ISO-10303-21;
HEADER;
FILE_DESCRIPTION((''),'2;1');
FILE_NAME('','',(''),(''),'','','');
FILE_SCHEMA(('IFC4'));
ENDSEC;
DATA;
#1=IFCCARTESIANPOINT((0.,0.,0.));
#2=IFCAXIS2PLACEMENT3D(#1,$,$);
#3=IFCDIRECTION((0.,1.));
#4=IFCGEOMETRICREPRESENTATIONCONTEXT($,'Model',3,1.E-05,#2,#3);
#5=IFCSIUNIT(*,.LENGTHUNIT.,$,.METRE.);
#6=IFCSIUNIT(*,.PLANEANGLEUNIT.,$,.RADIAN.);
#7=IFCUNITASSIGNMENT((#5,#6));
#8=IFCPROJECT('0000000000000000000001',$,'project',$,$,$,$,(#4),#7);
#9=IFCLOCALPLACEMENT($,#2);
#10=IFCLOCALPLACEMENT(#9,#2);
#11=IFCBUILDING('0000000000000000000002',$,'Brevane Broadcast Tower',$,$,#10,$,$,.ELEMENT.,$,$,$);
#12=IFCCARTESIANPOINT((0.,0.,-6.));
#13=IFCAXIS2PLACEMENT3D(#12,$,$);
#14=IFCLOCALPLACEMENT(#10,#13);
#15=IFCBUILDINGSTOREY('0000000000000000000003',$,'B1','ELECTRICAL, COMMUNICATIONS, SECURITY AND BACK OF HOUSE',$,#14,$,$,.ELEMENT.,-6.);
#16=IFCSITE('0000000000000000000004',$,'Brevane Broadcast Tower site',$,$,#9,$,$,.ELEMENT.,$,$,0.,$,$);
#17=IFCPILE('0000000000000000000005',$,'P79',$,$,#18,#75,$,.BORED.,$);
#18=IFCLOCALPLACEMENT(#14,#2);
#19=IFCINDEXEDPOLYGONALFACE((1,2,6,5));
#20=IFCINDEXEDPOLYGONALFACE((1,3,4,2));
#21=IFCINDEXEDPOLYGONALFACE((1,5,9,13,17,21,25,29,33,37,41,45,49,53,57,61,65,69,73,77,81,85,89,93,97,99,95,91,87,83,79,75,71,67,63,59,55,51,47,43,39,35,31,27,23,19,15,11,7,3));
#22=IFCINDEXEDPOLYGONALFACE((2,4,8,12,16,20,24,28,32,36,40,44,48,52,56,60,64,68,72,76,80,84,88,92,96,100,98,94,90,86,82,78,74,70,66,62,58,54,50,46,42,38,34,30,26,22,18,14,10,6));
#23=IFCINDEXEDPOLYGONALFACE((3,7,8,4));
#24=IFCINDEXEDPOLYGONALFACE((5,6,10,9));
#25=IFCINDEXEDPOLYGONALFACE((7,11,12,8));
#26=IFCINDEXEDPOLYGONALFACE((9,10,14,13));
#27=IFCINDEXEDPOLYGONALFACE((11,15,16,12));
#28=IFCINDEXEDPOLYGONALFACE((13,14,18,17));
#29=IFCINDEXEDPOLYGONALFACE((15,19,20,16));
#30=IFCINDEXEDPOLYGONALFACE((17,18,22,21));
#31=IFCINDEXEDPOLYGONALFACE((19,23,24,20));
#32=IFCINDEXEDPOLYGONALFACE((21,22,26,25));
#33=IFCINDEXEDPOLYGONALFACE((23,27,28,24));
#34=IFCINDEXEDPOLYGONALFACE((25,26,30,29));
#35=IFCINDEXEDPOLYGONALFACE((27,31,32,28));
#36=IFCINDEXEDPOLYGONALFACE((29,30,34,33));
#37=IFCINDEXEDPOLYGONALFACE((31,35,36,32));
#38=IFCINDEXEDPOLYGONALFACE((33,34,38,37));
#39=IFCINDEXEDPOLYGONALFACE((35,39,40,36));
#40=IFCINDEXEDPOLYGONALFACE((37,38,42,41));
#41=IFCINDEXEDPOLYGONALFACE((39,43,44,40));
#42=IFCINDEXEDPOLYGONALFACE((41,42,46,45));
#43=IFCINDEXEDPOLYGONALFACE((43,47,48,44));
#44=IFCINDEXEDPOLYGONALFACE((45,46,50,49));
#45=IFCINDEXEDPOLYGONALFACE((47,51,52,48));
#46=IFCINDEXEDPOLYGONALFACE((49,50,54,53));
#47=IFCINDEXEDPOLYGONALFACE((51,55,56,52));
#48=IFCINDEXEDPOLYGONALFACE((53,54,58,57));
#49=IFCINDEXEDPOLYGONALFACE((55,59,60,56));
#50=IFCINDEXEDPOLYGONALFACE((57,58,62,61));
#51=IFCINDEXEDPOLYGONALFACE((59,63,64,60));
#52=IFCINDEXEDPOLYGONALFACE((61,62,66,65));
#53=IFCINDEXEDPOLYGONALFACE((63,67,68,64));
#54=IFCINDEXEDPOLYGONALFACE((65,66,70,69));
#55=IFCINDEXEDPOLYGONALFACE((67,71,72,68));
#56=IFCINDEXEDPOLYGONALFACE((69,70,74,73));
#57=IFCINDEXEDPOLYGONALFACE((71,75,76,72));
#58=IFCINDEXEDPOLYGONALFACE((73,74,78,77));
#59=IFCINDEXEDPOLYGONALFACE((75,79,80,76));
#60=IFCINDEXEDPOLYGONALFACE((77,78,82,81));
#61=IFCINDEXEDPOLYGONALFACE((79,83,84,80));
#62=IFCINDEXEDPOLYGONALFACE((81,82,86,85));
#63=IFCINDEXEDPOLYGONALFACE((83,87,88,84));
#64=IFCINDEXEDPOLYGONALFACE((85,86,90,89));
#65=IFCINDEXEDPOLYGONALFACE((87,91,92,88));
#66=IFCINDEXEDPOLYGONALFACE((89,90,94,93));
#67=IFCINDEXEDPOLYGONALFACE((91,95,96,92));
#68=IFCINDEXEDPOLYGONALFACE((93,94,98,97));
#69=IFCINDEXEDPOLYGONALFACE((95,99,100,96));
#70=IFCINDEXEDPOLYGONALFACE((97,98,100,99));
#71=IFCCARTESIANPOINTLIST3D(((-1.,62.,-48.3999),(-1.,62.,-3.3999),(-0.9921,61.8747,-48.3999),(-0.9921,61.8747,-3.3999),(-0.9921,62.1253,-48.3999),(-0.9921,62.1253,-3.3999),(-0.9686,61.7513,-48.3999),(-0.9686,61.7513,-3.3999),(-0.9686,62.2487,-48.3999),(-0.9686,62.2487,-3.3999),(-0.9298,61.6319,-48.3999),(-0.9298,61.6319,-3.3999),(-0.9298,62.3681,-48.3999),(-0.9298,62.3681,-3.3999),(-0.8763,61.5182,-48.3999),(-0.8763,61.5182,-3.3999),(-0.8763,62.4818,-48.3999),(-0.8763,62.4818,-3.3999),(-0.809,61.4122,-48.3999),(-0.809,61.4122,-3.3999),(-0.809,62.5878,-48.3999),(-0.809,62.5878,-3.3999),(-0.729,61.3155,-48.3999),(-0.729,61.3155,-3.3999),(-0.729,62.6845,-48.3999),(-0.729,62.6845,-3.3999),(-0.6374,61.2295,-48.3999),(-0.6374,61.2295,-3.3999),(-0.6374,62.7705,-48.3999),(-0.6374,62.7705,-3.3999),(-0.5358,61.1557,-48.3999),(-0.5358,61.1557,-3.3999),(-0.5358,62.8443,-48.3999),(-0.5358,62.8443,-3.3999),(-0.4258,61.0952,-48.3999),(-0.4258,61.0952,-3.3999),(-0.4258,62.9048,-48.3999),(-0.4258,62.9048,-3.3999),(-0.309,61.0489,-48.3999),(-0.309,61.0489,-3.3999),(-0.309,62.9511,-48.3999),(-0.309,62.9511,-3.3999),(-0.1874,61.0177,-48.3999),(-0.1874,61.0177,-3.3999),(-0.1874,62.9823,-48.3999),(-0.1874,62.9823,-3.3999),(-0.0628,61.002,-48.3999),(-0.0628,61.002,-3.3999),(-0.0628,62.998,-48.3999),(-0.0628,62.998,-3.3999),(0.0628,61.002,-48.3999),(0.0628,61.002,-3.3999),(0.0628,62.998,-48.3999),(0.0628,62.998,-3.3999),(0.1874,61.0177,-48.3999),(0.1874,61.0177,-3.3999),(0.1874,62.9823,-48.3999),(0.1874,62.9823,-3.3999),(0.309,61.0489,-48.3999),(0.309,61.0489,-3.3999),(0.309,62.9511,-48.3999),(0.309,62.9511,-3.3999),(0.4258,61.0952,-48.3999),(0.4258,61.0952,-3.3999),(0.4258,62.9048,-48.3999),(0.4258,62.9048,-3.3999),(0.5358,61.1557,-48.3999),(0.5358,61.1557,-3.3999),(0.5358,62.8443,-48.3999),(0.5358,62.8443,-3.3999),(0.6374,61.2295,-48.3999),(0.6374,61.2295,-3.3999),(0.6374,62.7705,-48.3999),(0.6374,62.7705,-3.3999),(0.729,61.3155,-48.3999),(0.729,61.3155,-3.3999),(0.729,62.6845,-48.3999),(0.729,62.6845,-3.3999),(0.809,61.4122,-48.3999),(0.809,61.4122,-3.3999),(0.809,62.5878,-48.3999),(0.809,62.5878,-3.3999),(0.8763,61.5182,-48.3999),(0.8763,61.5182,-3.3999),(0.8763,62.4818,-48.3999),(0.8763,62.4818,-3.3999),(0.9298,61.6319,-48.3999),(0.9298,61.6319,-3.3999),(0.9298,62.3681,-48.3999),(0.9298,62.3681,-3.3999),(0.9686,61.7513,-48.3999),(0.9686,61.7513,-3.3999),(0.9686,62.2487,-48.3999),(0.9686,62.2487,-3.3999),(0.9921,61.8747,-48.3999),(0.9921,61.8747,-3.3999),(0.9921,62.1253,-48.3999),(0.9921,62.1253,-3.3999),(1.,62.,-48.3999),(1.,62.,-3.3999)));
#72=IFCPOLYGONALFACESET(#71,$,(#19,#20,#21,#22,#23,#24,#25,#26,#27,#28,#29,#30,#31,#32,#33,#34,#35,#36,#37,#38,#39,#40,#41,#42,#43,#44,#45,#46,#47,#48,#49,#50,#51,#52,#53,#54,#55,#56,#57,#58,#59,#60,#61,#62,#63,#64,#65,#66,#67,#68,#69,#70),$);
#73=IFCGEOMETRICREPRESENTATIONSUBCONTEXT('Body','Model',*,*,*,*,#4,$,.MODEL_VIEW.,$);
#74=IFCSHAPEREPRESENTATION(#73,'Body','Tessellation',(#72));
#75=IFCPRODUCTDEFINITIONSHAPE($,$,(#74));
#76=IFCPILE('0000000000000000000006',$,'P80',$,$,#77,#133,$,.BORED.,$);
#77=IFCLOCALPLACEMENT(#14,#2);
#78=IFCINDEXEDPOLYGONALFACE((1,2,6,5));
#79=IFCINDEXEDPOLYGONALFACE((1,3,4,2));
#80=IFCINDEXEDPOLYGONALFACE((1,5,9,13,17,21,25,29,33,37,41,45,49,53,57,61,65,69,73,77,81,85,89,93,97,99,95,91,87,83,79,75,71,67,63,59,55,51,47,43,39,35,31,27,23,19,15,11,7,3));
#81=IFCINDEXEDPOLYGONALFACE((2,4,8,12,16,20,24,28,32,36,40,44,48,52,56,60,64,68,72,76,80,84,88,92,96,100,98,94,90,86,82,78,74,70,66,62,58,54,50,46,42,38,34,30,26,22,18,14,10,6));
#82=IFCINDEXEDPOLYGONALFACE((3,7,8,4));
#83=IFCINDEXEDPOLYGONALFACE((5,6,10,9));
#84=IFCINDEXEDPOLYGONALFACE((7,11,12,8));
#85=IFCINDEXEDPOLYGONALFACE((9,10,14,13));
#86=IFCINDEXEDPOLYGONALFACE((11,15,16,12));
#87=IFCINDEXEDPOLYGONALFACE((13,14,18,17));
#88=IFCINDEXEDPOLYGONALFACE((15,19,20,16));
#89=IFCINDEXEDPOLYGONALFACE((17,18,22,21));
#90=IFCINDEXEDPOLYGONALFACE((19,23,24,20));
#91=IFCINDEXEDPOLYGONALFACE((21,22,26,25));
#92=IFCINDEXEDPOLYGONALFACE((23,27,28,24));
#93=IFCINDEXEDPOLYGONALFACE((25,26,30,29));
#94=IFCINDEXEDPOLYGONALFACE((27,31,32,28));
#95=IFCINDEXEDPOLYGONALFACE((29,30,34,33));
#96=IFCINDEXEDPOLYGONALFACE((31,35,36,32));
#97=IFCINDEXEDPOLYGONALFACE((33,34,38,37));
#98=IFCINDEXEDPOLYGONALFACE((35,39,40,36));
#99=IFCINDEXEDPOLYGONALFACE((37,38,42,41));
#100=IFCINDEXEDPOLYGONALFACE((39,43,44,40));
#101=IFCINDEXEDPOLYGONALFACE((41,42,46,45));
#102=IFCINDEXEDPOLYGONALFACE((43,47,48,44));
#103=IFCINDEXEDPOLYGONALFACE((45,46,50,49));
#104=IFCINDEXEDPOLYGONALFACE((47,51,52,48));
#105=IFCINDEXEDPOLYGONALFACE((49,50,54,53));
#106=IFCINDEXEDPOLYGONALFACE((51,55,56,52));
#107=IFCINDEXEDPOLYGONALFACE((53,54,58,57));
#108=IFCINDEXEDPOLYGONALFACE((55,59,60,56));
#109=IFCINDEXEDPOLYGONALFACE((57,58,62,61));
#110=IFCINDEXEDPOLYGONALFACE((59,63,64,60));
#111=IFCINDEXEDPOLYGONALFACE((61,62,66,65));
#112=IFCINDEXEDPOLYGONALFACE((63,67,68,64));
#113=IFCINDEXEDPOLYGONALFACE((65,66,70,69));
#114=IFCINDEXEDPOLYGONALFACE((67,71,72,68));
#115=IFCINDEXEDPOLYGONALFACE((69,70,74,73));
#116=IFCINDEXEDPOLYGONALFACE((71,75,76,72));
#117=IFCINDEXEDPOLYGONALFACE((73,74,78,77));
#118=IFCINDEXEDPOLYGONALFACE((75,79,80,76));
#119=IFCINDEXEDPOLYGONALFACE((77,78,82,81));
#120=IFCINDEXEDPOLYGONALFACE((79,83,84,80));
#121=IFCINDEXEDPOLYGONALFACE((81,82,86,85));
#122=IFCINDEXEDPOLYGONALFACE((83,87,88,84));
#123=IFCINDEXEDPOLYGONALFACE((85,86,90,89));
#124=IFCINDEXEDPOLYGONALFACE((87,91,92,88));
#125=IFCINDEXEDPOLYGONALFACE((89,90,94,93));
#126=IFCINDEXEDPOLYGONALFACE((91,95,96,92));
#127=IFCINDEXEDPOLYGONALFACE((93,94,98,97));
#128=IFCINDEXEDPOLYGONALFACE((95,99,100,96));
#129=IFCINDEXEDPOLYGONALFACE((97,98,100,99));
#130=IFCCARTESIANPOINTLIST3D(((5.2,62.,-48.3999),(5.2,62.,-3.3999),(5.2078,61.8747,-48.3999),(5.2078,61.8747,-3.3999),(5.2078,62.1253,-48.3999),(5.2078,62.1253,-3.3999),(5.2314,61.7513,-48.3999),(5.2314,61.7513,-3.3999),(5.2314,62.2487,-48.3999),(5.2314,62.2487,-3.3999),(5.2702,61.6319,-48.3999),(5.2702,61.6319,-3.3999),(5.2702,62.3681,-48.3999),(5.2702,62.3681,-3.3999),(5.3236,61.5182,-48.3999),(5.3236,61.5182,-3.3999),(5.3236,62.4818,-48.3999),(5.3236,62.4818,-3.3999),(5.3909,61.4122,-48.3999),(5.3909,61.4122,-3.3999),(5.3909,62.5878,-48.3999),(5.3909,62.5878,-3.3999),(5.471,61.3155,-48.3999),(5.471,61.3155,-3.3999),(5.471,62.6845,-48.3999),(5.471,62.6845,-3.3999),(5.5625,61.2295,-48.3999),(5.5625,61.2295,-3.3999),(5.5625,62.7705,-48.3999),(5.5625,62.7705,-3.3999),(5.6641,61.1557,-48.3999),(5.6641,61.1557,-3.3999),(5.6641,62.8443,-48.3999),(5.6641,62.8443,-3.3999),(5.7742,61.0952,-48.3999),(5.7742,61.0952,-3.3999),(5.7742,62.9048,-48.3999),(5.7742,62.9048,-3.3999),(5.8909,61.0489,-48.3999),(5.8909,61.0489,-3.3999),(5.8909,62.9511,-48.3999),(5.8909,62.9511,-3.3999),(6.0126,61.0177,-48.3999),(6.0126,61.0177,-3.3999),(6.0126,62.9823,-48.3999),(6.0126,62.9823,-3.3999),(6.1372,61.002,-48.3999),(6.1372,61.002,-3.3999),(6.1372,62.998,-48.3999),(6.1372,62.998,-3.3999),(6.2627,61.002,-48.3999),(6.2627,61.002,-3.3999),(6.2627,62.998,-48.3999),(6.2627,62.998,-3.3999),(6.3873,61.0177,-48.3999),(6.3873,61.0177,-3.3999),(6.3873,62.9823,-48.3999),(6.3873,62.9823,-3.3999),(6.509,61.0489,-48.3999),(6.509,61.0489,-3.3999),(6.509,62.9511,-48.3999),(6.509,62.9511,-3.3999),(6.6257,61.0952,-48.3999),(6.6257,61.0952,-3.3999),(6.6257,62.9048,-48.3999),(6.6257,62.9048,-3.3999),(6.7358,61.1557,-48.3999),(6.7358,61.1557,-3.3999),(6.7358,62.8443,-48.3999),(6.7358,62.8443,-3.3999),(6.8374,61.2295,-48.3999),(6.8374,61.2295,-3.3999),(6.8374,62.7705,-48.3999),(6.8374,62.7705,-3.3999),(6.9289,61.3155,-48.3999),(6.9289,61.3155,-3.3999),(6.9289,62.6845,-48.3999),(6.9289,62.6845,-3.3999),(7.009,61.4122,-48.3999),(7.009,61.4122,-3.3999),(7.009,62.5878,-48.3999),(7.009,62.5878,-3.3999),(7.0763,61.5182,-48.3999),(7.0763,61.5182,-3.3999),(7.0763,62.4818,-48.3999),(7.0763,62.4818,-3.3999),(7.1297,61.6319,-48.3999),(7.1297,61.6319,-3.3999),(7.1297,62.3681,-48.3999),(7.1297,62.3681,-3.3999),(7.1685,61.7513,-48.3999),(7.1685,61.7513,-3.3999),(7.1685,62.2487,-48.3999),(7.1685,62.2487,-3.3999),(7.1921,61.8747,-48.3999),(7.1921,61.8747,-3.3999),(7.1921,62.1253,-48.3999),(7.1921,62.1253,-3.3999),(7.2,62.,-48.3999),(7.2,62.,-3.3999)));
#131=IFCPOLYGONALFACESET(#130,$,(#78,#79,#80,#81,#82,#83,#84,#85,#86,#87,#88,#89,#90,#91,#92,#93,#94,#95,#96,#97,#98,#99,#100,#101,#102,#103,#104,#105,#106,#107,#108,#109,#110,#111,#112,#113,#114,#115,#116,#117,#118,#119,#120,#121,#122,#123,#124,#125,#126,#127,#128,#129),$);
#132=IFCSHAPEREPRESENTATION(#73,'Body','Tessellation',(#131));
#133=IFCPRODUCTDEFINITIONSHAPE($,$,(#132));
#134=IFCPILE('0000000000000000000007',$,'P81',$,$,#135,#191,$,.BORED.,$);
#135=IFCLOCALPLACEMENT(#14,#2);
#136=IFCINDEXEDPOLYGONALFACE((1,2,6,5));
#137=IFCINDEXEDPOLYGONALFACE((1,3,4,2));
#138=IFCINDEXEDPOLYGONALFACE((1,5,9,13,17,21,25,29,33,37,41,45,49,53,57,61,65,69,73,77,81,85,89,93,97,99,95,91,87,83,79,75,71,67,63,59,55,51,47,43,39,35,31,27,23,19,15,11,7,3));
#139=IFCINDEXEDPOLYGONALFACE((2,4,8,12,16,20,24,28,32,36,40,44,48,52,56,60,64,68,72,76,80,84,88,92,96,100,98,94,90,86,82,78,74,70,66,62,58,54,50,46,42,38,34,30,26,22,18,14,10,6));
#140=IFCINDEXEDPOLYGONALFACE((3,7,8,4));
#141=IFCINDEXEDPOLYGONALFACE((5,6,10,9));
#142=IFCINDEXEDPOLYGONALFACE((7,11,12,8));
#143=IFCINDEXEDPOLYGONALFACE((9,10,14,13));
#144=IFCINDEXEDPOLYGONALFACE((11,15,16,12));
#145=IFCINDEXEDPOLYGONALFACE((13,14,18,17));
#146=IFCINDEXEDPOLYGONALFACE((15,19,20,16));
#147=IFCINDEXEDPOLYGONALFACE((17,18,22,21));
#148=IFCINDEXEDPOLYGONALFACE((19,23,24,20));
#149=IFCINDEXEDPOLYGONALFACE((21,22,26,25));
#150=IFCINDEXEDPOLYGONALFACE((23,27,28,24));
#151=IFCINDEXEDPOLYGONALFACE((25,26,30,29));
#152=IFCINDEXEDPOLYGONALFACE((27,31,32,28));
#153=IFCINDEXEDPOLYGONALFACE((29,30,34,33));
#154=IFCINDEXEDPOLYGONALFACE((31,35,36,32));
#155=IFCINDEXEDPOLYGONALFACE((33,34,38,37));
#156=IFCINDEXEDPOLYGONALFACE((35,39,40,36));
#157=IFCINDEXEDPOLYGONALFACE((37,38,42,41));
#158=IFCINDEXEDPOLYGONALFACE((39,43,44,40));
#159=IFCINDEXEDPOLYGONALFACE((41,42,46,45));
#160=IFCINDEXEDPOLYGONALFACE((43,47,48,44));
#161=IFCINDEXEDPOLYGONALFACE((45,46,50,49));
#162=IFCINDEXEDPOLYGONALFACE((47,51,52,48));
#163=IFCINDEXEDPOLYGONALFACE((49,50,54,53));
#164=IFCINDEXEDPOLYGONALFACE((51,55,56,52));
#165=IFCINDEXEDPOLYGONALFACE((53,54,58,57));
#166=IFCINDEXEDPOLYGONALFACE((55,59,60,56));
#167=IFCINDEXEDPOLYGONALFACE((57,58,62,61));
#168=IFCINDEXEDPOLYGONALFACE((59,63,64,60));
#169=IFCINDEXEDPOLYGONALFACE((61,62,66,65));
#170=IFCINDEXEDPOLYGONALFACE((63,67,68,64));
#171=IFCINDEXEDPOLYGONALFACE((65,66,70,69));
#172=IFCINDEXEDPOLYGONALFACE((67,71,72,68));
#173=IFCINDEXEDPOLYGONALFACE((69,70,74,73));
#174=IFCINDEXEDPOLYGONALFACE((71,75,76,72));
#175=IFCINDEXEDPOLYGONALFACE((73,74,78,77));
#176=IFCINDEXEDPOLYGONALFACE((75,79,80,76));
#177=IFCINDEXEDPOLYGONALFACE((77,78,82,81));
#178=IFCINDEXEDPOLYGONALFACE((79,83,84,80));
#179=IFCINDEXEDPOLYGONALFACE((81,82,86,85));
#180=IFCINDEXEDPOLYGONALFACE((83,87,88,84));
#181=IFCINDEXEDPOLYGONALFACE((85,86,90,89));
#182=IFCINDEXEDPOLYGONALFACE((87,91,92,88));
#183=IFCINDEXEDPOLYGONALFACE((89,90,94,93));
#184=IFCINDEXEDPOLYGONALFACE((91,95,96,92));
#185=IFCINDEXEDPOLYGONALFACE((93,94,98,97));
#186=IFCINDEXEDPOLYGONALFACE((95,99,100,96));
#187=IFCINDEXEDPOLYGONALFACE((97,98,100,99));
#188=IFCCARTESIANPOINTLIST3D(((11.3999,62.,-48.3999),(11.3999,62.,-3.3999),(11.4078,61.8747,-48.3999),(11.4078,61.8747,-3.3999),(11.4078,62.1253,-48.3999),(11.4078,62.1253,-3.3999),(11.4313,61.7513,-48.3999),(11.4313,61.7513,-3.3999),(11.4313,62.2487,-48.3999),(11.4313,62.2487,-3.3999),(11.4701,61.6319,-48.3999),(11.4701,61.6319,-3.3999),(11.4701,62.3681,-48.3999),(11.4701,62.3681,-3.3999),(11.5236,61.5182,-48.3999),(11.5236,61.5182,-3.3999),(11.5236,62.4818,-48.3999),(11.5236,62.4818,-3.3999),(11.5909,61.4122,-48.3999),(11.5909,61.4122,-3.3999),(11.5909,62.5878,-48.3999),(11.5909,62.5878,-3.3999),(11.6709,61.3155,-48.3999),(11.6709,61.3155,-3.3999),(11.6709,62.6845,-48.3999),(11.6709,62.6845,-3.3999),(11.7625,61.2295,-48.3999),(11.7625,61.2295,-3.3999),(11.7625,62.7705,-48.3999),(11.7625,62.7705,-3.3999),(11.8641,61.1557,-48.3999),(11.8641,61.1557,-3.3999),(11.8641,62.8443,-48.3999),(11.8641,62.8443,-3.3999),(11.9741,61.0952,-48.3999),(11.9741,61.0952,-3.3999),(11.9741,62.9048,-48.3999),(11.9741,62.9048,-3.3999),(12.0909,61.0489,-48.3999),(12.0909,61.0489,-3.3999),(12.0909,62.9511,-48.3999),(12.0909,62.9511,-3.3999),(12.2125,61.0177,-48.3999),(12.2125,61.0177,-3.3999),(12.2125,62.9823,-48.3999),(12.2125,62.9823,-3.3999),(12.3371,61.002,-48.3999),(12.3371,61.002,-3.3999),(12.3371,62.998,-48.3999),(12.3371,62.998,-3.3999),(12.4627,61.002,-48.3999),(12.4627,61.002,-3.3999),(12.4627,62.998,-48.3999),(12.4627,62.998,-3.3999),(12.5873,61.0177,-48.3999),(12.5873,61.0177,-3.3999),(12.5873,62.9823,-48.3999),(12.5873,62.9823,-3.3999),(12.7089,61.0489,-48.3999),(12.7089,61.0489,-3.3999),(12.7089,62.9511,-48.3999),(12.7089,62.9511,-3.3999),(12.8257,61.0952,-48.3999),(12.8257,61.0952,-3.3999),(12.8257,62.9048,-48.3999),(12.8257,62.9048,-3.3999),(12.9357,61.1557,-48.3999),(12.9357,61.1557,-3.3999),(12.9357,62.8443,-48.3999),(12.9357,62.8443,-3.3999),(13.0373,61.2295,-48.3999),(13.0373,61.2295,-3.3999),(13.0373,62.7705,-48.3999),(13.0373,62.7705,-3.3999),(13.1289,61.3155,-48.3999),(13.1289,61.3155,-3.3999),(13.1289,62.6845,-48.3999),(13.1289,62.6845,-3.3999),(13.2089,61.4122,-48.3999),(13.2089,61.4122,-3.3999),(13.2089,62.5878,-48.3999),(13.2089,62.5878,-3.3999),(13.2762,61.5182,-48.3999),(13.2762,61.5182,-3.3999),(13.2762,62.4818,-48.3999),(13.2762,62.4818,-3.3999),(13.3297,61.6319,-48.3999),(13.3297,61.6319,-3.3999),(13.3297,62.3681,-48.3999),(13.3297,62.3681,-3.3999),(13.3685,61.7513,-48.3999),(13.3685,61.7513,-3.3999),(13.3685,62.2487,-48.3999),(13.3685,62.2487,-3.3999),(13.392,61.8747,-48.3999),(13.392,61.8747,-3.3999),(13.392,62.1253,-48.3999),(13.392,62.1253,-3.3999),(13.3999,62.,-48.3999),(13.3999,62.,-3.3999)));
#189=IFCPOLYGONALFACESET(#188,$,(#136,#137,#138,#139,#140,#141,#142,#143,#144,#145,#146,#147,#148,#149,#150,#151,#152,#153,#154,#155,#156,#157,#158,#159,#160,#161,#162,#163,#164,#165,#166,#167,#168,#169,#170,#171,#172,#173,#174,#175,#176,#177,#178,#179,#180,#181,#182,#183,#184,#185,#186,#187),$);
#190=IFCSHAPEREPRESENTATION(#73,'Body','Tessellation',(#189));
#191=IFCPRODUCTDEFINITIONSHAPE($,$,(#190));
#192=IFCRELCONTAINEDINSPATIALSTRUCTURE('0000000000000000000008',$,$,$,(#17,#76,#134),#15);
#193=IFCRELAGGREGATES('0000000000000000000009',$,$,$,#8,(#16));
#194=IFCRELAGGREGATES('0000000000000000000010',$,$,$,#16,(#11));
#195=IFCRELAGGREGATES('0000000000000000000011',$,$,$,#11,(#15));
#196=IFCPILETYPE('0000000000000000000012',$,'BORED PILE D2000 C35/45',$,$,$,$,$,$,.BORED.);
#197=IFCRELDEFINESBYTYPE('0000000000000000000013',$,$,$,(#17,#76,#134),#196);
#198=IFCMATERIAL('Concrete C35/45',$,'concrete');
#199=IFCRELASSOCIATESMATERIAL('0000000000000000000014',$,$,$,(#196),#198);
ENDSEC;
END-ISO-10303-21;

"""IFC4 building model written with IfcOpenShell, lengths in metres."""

from ifc_helpers import new_model, si_unit, direction, frame, origin, origin_2d, place, context, subcontext, project, spatial, circle, extrude, material, material_profile, profile_set, type_object, element, save


model = new_model("IFC4")

# Units and contexts
model_context = context("Model", 3, precision=1e-05, world=origin(), true_north=direction((0.0, 1.0)))
body_context = subcontext(model_context, "Body", "Model", "MODEL_VIEW")
ifc_project = project(units=[si_unit("LENGTHUNIT", "METRE"), si_unit("PLANEANGLEUNIT", "RADIAN")], contexts=[model_context])

# Site, building, storey
site_placement = place(None, origin())
site = spatial("IfcSite", under=ifc_project, at=site_placement, Name="Brevane Broadcast Tower site", CompositionType="ELEMENT", RefElevation=0.0)
building_placement = place(site_placement, origin())
building = spatial("IfcBuilding", under=site, at=building_placement, Name="Brevane Broadcast Tower", CompositionType="ELEMENT")
storey_placement = place(building_placement, frame((0.0, 0.0, -6.0)))
storey = spatial("IfcBuildingStorey", under=building, at=storey_placement, Name="B1", Description="ELECTRICAL, COMMUNICATIONS, SECURITY AND BACK OF HOUSE", CompositionType="ELEMENT", Elevation=-6.0)

# Piles
ifc_material_1 = material(Name="Concrete C35/45", Category="concrete")
ifc_material_profile_1 = material_profile(ifc_material_1, circle(Radius=1.0, at=origin_2d()), Name="RC D2000")
ifc_profile_set_1 = profile_set([ifc_material_profile_1], Name="Concrete C35/45")
pile_type = type_object("IfcPileType", Name="BORED PILE D2000 C35/45", PredefinedType="BORED", material=ifc_profile_set_1)
for number, where, z_axis, x_axis, name in (
    (1, (0.0, 62.0, -3.3999), (0.0, 0.0, -1.0), (1.0, 0.0, 0.0), "P79"),
    (2, (6.2, 62.0, -3.3999), (0.0, 0.0, -1.0), (1.0, 0.0, 0.0), "P80"),
    (3, (12.3999, 62.0, -3.3999), (0.0, 0.0, -1.0), (1.0, 0.0, 0.0), "P81"),
):
    element("IfcPile", number, at=place(storey_placement, frame(where, z_axis=z_axis, x_axis=x_axis)), inside=storey, type_object=pile_type, Name=name, PredefinedType="BORED", context=body_context, shape_type="SweptSolid", body=[
        extrude(circle(Radius=1.0, at=origin_2d()), origin(), (0.0, 0.0, 1.0), 45.0),
    ])

save(model, "model.ifc")
